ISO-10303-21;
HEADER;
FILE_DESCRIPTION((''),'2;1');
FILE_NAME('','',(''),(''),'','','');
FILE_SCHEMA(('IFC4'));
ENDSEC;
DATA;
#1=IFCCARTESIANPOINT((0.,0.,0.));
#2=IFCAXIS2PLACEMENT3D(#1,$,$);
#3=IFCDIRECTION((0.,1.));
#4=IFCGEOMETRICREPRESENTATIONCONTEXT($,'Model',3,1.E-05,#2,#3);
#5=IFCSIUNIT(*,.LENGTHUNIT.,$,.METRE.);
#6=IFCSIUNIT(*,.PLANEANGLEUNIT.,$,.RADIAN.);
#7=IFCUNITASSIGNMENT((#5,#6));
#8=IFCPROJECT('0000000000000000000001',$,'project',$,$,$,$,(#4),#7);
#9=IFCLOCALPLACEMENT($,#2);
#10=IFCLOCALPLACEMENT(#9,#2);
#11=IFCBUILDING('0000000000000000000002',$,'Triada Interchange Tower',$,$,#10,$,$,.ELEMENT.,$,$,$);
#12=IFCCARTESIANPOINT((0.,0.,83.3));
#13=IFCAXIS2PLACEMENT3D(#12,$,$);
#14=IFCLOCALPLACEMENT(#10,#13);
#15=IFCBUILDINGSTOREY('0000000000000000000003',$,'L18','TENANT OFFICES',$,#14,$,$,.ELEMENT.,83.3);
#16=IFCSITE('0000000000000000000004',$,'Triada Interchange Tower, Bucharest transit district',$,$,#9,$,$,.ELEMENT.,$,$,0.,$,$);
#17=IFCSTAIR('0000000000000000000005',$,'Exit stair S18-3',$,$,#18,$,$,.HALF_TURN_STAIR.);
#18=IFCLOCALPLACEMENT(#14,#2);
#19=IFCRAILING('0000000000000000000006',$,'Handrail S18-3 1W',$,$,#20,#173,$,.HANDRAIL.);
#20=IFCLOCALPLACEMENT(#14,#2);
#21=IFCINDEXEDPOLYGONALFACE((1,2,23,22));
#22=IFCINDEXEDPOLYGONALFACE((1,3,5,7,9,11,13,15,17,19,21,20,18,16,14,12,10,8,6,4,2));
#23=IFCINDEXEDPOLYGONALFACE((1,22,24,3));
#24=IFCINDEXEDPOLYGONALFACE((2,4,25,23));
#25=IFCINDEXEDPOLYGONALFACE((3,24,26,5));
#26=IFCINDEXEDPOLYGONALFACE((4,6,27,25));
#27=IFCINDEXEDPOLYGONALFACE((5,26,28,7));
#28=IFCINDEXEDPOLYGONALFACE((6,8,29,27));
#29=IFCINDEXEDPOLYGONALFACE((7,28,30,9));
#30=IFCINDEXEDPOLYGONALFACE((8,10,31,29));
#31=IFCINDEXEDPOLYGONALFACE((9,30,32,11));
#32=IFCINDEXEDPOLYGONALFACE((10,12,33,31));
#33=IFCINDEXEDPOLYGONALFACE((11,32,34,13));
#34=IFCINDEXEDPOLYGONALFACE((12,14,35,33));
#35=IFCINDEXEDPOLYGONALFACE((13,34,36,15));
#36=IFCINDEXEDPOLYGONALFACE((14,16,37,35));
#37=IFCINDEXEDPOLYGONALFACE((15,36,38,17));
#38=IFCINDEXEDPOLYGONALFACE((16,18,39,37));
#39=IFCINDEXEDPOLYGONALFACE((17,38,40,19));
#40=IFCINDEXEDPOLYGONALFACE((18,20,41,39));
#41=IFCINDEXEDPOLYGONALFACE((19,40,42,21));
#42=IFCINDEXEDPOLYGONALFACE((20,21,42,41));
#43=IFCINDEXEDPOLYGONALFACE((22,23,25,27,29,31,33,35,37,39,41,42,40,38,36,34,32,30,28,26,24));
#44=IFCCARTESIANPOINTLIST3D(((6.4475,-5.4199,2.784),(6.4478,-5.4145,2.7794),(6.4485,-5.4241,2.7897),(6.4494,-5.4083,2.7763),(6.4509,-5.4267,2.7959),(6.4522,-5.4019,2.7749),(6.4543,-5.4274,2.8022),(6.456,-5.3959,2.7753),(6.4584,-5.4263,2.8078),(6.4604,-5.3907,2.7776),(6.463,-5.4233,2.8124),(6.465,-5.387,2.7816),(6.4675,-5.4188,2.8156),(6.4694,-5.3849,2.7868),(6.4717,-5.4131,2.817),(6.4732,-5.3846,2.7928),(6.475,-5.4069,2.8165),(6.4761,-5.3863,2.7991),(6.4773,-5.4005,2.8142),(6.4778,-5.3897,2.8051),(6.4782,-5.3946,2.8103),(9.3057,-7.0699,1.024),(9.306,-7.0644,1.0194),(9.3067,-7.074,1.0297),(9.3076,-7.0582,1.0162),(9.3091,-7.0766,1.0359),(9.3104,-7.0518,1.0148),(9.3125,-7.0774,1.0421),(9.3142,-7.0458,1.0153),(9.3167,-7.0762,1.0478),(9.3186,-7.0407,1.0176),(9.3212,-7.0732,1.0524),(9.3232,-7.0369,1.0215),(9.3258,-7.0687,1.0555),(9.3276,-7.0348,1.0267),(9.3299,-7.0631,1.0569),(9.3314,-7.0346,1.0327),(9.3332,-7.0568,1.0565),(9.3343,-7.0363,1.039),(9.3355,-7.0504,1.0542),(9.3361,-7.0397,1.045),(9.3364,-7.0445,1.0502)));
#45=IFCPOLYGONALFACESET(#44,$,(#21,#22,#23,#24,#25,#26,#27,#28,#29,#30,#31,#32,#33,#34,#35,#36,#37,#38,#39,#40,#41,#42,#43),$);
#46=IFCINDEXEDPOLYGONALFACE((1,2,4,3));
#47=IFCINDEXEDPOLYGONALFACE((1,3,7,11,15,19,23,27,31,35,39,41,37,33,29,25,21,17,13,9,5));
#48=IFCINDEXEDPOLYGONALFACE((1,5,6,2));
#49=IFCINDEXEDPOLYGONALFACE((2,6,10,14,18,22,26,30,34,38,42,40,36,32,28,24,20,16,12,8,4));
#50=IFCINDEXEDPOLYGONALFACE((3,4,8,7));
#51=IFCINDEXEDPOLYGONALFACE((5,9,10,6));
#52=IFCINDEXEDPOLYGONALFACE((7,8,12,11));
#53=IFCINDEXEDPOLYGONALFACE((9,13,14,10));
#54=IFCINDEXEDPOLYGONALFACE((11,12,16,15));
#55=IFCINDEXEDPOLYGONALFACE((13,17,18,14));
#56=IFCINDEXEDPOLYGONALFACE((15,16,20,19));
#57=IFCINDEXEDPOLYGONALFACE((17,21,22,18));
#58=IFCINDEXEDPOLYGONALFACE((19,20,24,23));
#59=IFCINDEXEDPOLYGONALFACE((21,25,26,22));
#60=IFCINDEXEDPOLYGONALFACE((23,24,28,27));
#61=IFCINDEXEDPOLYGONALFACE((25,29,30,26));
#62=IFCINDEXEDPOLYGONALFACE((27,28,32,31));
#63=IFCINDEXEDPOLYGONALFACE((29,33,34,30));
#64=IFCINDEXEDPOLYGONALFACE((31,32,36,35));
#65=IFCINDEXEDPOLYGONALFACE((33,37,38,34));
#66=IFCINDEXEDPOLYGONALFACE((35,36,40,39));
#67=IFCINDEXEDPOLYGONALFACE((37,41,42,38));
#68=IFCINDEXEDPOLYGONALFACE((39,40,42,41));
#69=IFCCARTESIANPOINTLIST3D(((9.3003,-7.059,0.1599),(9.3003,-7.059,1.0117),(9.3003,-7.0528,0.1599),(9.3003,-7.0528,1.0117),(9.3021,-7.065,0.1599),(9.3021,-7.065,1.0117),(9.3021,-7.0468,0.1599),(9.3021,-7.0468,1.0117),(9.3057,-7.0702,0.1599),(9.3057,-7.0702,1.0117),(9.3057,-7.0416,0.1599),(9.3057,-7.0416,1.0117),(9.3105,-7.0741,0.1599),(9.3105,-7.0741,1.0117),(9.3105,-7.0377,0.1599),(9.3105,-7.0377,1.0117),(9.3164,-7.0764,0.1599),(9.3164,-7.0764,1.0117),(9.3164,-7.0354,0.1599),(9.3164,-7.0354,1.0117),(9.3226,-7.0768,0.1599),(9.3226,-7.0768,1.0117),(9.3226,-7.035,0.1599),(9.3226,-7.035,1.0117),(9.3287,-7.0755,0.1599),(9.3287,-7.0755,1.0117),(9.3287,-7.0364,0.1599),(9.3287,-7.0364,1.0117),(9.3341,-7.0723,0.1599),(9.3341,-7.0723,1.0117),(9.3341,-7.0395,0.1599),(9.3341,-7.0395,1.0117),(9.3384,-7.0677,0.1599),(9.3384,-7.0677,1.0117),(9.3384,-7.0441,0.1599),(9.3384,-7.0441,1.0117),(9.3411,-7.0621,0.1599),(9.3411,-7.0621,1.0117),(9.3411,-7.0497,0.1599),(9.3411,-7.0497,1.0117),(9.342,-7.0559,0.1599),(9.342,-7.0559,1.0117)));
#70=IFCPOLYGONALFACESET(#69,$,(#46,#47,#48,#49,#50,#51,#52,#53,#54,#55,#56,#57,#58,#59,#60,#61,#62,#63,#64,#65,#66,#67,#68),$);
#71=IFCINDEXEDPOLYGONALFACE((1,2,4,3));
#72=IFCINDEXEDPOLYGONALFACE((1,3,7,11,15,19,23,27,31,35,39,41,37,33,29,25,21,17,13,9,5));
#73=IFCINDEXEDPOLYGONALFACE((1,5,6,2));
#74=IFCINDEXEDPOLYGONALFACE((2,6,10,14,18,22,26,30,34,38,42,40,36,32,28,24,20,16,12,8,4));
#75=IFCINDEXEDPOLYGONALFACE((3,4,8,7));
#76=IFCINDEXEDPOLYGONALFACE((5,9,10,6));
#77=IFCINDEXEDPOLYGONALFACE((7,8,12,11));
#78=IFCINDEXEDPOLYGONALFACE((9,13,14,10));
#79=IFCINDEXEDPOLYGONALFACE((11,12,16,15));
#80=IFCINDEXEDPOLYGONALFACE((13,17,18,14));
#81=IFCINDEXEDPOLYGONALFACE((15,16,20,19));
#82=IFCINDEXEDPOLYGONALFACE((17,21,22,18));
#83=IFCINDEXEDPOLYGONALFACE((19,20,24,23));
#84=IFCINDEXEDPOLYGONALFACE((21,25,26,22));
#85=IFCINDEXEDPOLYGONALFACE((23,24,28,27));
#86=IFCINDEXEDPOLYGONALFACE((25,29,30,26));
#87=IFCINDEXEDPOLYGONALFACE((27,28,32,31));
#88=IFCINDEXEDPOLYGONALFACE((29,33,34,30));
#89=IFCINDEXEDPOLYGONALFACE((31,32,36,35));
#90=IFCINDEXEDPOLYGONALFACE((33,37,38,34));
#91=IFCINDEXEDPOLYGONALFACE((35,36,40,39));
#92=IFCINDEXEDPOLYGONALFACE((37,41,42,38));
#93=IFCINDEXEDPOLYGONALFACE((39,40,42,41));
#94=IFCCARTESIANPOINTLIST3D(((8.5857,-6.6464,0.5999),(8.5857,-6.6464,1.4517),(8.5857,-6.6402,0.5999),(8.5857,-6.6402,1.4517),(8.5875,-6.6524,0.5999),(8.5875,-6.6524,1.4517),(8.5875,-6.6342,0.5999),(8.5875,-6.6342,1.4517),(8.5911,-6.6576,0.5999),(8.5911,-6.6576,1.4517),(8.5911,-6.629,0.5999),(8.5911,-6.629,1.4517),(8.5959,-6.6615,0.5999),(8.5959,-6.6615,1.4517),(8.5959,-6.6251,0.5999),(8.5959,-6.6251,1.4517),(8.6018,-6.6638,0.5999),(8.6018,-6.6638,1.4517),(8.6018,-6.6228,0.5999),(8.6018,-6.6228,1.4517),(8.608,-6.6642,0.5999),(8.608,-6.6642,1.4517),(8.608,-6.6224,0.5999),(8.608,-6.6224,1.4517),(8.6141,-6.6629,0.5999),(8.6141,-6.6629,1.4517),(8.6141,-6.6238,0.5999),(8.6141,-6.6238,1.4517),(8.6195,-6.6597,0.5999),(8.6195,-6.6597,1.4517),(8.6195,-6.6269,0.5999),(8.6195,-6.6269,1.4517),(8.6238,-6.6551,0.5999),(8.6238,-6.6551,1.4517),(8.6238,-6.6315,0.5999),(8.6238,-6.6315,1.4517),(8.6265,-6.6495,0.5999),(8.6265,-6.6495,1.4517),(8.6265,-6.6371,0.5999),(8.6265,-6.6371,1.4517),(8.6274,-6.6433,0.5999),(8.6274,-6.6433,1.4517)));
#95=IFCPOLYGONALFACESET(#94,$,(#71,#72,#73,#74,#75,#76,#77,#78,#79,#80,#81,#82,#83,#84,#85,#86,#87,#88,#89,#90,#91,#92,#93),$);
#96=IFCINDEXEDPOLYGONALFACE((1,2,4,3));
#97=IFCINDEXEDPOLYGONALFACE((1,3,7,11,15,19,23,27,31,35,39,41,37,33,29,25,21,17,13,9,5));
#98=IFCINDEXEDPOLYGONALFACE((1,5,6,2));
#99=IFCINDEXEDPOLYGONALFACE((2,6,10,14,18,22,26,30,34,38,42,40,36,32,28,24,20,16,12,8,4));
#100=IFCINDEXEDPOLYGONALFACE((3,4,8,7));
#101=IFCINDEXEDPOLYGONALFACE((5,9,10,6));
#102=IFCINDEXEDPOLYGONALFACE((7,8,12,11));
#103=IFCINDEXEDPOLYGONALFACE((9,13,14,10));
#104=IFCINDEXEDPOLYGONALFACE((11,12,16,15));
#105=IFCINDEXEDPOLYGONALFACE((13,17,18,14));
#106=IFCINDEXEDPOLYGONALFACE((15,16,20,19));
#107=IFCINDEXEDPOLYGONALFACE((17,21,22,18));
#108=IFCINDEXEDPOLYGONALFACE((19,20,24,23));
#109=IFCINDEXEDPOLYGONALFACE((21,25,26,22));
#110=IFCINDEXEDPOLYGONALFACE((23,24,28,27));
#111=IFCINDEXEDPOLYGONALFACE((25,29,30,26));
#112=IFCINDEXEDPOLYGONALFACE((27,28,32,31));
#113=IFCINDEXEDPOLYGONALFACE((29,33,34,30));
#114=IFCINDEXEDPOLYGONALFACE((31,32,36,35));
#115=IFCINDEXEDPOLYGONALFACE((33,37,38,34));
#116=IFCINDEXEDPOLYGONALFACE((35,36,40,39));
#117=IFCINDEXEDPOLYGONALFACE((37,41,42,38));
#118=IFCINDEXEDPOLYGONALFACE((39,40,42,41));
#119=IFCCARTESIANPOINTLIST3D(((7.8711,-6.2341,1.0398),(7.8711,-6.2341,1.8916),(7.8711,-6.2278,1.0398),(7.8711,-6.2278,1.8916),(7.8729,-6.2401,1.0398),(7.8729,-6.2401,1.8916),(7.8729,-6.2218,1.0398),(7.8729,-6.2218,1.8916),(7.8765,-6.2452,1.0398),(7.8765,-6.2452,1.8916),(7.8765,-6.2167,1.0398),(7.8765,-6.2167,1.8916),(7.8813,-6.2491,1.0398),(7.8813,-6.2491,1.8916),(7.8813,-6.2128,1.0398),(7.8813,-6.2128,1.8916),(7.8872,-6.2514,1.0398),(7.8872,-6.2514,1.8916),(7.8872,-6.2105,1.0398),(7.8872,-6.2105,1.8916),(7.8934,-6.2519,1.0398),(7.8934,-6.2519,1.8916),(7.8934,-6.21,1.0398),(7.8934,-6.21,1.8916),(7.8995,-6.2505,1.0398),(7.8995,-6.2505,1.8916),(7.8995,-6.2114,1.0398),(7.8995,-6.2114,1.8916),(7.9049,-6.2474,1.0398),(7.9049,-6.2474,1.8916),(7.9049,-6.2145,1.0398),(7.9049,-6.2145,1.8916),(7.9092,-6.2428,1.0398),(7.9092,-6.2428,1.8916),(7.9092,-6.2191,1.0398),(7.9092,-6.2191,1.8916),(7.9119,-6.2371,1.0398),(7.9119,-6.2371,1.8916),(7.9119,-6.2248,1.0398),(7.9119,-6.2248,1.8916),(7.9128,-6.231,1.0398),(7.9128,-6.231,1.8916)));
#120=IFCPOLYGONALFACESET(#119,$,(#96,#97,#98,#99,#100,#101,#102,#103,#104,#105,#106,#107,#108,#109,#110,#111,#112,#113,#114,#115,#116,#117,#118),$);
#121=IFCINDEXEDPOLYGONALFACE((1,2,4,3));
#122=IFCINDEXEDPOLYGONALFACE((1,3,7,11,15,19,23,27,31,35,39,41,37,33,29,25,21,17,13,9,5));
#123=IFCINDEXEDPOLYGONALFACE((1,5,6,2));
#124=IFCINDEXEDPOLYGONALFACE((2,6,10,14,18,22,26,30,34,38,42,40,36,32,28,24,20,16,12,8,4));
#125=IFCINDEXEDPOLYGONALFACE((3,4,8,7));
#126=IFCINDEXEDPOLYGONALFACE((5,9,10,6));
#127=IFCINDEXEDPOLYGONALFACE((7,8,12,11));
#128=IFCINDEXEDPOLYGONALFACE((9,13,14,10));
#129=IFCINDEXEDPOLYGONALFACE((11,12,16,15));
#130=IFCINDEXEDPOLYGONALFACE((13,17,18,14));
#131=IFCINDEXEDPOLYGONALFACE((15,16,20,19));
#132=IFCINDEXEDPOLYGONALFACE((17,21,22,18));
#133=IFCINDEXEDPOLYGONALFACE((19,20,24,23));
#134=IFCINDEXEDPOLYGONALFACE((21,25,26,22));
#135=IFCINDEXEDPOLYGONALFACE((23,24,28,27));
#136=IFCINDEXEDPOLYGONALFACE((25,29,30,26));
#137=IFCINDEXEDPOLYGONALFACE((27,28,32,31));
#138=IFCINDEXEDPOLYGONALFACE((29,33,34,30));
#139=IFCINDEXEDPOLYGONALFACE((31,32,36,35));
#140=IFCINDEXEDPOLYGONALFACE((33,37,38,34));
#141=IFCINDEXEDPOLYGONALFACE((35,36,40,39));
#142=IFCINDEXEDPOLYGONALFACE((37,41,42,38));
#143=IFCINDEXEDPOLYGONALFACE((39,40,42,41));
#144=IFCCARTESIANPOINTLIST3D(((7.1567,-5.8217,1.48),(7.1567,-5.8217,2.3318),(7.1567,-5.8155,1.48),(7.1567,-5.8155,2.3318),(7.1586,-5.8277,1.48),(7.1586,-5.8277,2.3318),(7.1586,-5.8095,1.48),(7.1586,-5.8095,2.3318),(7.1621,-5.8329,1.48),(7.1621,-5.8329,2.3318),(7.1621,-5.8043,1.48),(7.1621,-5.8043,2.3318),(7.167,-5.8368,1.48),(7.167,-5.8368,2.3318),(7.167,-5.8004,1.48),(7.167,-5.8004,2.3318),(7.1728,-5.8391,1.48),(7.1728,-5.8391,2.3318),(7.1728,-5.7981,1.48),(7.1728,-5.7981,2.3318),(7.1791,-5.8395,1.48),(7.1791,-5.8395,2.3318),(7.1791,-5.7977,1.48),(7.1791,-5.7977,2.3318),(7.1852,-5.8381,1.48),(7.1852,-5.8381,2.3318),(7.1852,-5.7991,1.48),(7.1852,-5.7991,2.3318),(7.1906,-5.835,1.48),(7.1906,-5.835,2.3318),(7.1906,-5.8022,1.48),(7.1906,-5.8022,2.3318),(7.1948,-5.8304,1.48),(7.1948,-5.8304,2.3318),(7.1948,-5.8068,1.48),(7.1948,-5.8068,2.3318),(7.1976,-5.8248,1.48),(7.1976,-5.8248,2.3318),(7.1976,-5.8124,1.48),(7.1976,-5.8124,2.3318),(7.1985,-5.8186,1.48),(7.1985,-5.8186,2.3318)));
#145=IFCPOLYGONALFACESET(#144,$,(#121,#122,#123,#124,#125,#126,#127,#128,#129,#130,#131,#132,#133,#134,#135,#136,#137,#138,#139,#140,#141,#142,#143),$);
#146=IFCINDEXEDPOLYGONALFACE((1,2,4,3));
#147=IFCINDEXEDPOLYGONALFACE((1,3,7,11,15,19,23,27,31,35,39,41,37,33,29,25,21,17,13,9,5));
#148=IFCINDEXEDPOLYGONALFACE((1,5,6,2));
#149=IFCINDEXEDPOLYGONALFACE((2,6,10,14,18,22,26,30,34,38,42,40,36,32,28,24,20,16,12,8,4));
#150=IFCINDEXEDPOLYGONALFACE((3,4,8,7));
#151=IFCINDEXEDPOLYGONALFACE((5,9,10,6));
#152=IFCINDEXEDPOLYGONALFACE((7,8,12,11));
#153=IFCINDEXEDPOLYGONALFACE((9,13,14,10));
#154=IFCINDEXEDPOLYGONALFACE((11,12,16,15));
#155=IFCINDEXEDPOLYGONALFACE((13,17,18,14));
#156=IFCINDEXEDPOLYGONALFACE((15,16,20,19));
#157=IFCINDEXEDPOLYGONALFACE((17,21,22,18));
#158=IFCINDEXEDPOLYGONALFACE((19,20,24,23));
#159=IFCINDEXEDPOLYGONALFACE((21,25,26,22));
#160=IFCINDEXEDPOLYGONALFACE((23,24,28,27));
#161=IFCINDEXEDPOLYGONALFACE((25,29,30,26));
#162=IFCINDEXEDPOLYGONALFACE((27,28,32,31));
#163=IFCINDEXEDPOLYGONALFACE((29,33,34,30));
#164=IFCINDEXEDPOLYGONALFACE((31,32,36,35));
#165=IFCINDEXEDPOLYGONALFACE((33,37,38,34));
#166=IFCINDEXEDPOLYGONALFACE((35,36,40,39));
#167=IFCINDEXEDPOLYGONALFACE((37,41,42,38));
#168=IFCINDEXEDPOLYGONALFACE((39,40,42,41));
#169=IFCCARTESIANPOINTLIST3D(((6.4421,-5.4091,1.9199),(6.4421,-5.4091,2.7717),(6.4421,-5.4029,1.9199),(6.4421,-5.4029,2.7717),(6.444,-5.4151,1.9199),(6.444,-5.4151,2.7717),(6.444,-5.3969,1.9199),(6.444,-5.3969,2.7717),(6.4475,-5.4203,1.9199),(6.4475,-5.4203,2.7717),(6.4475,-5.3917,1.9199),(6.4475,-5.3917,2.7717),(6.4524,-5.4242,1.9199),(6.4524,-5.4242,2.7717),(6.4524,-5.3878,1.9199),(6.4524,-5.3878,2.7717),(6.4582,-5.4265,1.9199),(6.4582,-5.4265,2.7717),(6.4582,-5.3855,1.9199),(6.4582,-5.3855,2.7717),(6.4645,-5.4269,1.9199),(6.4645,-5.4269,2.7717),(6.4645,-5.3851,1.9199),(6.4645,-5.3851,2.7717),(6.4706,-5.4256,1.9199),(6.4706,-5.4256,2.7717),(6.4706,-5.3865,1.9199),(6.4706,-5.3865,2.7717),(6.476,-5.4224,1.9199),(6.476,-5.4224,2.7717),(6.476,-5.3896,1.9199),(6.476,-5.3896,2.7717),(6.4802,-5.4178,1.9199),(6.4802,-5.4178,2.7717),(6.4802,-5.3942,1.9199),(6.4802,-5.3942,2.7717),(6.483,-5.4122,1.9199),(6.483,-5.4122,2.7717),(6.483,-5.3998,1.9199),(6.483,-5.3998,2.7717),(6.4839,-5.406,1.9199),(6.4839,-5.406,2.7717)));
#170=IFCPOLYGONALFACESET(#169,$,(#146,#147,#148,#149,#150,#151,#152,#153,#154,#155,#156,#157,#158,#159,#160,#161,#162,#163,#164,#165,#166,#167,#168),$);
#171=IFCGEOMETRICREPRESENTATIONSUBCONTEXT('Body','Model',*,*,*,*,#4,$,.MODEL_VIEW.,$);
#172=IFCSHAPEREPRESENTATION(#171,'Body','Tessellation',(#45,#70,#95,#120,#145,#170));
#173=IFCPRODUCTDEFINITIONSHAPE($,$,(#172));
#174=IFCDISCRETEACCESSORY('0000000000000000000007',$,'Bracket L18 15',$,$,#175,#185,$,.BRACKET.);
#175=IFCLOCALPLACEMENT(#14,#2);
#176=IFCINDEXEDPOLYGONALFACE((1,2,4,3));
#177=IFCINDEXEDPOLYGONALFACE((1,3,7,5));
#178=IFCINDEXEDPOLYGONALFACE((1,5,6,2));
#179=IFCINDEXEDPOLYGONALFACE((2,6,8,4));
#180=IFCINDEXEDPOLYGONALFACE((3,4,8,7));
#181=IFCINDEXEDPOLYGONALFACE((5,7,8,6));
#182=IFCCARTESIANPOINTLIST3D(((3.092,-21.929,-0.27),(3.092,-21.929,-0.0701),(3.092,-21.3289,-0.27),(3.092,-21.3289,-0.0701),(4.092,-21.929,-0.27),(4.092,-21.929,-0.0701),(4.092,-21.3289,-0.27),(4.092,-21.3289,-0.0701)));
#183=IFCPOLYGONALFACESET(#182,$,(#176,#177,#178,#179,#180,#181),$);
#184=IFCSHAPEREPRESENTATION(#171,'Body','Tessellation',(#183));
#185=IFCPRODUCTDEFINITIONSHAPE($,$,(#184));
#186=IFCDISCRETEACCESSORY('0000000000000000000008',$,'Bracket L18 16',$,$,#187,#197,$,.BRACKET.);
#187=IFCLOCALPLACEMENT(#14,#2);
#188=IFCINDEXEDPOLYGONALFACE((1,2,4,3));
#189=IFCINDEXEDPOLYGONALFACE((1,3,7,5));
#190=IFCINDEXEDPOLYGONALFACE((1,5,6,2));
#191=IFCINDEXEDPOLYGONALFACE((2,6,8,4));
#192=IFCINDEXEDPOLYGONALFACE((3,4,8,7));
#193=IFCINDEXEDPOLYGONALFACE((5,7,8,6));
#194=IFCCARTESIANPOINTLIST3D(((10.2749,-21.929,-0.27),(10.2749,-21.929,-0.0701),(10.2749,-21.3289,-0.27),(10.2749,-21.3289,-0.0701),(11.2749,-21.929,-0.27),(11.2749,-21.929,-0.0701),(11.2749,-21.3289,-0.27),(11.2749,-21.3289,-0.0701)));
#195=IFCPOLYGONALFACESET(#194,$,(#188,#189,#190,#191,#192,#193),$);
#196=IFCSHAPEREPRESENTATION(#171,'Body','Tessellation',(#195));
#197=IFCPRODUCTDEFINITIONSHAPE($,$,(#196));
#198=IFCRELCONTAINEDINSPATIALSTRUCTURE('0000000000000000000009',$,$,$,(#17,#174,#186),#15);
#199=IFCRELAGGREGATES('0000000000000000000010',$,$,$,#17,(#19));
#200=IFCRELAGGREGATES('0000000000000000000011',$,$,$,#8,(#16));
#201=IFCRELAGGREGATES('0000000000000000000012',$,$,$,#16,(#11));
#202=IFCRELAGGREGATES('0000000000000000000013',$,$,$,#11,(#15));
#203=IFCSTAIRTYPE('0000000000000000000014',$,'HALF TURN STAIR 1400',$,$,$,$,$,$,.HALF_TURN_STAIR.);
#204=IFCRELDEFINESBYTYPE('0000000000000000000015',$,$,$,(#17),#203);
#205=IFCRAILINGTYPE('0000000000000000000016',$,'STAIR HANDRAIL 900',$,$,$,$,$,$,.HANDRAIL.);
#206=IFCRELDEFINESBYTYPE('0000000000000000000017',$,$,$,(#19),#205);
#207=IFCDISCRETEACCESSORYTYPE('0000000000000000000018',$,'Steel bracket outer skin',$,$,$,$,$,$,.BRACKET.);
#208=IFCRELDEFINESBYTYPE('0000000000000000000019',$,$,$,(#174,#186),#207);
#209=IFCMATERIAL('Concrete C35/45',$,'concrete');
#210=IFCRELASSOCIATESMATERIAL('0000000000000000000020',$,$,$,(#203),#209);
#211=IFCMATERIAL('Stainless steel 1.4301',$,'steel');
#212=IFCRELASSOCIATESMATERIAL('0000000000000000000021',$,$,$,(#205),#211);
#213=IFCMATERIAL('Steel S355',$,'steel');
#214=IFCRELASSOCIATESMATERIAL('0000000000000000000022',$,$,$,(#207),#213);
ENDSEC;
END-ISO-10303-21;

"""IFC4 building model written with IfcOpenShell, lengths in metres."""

from ifc_helpers import new_model, si_unit, direction, frame, origin, origin_2d, place, context, subcontext, project, spatial, rectangle, circle, extrude, material, type_object, element, aggregate, save


model = new_model("IFC4")

# Units and contexts
model_context = context("Model", 3, precision=1e-05, world=origin(), true_north=direction((0.0, 1.0)))
body_context = subcontext(model_context, "Body", "Model", "MODEL_VIEW")
ifc_project = project(units=[si_unit("LENGTHUNIT", "METRE"), si_unit("PLANEANGLEUNIT", "RADIAN")], contexts=[model_context])

# Site, building, storey
site_placement = place(None, origin())
site = spatial("IfcSite", under=ifc_project, at=site_placement, Name="Triada Interchange Tower, Bucharest transit district", CompositionType="ELEMENT", RefElevation=0.0)
building_placement = place(site_placement, origin())
building = spatial("IfcBuilding", under=site, at=building_placement, Name="Triada Interchange Tower", CompositionType="ELEMENT")
storey_placement = place(building_placement, frame((0.0, 0.0, 83.3)))
storey = spatial("IfcBuildingStorey", under=building, at=storey_placement, Name="L18", Description="TENANT OFFICES", CompositionType="ELEMENT", Elevation=83.3)

# Stair, railing
ifc_material_1 = material(Name="Concrete C35/45", Category="concrete")
stair_type = type_object("IfcStairType", Name="HALF TURN STAIR 1400", PredefinedType="HALF_TURN_STAIR", material=ifc_material_1)
stair_placement = place(storey_placement, origin())
stair = element("IfcStair", 1, at=stair_placement, inside=storey, type_object=stair_type, Name="Exit stair S18-3", PredefinedType="HALF_TURN_STAIR")
ifc_material_2 = material(Name="Stainless steel 1.4301", Category="steel")
railing_type = type_object("IfcRailingType", Name="STAIR HANDRAIL 900", PredefinedType="HANDRAIL", material=ifc_material_2)
railing_placement = place(storey_placement, frame((9.321, -7.0559, 0.1599)))
railing = element("IfcRailing", 2, at=railing_placement, type_object=railing_type, Name="Handrail S18-3 1W", PredefinedType="HANDRAIL", context=body_context, shape_type="SweptSolid", body=[
    extrude(circle(Radius=0.0239, at=origin_2d()), frame((0.0, 0.0, 0.876), z_axis=(-0.764178, 0.441131, 0.47057), x_axis=(-0.499942, -0.866059, 0.0)), (0.0, 0.0, 1.0), 3.7402),
    extrude(circle(Radius=0.021, at=origin_2d()), origin(), (0.0, 0.0, 1.0), 0.8518),
    extrude(circle(Radius=0.021, at=origin_2d()), frame((-0.7146, 0.4126, 0.4399)), (0.0, 0.0, 1.0), 0.8518),
    extrude(circle(Radius=0.021, at=origin_2d()), frame((-1.4292, 0.825, 0.8799)), (0.0, 0.0, 1.0), 0.8518),
    extrude(circle(Radius=0.021, at=origin_2d()), frame((-2.1436, 1.2373, 1.3201)), (0.0, 0.0, 1.0), 0.8518),
    extrude(circle(Radius=0.021, at=origin_2d()), frame((-2.8582, 1.6499, 1.76)), (0.0, 0.0, 1.0), 0.8518),
])
aggregate(stair, [railing])

# Discrete accessories
ifc_material_3 = material(Name="Steel S355", Category="steel")
discrete_accessory_type = type_object("IfcDiscreteAccessoryType", Name="Steel bracket outer skin", PredefinedType="BRACKET", material=ifc_material_3)
for number, where, z_axis, x_axis, name in (
    (3, (3.592, -21.6289, -0.27), (0.0, 0.0, 1.0), (0.0, -1.0, 0.0), "Bracket L18 15"),
    (4, (10.7749, -21.6289, -0.27), (0.0, 0.0, 1.0), (0.0, -1.0, 0.0), "Bracket L18 16"),
):
    element("IfcDiscreteAccessory", number, at=place(storey_placement, frame(where, z_axis=z_axis, x_axis=x_axis)), inside=storey, type_object=discrete_accessory_type, Name=name, PredefinedType="BRACKET", context=body_context, shape_type="SweptSolid", body=[
        extrude(rectangle(XDim=0.6001, YDim=1.0, at=origin_2d()), origin(), (0.0, 0.0, 1.0), 0.2),
    ])

save(model, "model.ifc")
